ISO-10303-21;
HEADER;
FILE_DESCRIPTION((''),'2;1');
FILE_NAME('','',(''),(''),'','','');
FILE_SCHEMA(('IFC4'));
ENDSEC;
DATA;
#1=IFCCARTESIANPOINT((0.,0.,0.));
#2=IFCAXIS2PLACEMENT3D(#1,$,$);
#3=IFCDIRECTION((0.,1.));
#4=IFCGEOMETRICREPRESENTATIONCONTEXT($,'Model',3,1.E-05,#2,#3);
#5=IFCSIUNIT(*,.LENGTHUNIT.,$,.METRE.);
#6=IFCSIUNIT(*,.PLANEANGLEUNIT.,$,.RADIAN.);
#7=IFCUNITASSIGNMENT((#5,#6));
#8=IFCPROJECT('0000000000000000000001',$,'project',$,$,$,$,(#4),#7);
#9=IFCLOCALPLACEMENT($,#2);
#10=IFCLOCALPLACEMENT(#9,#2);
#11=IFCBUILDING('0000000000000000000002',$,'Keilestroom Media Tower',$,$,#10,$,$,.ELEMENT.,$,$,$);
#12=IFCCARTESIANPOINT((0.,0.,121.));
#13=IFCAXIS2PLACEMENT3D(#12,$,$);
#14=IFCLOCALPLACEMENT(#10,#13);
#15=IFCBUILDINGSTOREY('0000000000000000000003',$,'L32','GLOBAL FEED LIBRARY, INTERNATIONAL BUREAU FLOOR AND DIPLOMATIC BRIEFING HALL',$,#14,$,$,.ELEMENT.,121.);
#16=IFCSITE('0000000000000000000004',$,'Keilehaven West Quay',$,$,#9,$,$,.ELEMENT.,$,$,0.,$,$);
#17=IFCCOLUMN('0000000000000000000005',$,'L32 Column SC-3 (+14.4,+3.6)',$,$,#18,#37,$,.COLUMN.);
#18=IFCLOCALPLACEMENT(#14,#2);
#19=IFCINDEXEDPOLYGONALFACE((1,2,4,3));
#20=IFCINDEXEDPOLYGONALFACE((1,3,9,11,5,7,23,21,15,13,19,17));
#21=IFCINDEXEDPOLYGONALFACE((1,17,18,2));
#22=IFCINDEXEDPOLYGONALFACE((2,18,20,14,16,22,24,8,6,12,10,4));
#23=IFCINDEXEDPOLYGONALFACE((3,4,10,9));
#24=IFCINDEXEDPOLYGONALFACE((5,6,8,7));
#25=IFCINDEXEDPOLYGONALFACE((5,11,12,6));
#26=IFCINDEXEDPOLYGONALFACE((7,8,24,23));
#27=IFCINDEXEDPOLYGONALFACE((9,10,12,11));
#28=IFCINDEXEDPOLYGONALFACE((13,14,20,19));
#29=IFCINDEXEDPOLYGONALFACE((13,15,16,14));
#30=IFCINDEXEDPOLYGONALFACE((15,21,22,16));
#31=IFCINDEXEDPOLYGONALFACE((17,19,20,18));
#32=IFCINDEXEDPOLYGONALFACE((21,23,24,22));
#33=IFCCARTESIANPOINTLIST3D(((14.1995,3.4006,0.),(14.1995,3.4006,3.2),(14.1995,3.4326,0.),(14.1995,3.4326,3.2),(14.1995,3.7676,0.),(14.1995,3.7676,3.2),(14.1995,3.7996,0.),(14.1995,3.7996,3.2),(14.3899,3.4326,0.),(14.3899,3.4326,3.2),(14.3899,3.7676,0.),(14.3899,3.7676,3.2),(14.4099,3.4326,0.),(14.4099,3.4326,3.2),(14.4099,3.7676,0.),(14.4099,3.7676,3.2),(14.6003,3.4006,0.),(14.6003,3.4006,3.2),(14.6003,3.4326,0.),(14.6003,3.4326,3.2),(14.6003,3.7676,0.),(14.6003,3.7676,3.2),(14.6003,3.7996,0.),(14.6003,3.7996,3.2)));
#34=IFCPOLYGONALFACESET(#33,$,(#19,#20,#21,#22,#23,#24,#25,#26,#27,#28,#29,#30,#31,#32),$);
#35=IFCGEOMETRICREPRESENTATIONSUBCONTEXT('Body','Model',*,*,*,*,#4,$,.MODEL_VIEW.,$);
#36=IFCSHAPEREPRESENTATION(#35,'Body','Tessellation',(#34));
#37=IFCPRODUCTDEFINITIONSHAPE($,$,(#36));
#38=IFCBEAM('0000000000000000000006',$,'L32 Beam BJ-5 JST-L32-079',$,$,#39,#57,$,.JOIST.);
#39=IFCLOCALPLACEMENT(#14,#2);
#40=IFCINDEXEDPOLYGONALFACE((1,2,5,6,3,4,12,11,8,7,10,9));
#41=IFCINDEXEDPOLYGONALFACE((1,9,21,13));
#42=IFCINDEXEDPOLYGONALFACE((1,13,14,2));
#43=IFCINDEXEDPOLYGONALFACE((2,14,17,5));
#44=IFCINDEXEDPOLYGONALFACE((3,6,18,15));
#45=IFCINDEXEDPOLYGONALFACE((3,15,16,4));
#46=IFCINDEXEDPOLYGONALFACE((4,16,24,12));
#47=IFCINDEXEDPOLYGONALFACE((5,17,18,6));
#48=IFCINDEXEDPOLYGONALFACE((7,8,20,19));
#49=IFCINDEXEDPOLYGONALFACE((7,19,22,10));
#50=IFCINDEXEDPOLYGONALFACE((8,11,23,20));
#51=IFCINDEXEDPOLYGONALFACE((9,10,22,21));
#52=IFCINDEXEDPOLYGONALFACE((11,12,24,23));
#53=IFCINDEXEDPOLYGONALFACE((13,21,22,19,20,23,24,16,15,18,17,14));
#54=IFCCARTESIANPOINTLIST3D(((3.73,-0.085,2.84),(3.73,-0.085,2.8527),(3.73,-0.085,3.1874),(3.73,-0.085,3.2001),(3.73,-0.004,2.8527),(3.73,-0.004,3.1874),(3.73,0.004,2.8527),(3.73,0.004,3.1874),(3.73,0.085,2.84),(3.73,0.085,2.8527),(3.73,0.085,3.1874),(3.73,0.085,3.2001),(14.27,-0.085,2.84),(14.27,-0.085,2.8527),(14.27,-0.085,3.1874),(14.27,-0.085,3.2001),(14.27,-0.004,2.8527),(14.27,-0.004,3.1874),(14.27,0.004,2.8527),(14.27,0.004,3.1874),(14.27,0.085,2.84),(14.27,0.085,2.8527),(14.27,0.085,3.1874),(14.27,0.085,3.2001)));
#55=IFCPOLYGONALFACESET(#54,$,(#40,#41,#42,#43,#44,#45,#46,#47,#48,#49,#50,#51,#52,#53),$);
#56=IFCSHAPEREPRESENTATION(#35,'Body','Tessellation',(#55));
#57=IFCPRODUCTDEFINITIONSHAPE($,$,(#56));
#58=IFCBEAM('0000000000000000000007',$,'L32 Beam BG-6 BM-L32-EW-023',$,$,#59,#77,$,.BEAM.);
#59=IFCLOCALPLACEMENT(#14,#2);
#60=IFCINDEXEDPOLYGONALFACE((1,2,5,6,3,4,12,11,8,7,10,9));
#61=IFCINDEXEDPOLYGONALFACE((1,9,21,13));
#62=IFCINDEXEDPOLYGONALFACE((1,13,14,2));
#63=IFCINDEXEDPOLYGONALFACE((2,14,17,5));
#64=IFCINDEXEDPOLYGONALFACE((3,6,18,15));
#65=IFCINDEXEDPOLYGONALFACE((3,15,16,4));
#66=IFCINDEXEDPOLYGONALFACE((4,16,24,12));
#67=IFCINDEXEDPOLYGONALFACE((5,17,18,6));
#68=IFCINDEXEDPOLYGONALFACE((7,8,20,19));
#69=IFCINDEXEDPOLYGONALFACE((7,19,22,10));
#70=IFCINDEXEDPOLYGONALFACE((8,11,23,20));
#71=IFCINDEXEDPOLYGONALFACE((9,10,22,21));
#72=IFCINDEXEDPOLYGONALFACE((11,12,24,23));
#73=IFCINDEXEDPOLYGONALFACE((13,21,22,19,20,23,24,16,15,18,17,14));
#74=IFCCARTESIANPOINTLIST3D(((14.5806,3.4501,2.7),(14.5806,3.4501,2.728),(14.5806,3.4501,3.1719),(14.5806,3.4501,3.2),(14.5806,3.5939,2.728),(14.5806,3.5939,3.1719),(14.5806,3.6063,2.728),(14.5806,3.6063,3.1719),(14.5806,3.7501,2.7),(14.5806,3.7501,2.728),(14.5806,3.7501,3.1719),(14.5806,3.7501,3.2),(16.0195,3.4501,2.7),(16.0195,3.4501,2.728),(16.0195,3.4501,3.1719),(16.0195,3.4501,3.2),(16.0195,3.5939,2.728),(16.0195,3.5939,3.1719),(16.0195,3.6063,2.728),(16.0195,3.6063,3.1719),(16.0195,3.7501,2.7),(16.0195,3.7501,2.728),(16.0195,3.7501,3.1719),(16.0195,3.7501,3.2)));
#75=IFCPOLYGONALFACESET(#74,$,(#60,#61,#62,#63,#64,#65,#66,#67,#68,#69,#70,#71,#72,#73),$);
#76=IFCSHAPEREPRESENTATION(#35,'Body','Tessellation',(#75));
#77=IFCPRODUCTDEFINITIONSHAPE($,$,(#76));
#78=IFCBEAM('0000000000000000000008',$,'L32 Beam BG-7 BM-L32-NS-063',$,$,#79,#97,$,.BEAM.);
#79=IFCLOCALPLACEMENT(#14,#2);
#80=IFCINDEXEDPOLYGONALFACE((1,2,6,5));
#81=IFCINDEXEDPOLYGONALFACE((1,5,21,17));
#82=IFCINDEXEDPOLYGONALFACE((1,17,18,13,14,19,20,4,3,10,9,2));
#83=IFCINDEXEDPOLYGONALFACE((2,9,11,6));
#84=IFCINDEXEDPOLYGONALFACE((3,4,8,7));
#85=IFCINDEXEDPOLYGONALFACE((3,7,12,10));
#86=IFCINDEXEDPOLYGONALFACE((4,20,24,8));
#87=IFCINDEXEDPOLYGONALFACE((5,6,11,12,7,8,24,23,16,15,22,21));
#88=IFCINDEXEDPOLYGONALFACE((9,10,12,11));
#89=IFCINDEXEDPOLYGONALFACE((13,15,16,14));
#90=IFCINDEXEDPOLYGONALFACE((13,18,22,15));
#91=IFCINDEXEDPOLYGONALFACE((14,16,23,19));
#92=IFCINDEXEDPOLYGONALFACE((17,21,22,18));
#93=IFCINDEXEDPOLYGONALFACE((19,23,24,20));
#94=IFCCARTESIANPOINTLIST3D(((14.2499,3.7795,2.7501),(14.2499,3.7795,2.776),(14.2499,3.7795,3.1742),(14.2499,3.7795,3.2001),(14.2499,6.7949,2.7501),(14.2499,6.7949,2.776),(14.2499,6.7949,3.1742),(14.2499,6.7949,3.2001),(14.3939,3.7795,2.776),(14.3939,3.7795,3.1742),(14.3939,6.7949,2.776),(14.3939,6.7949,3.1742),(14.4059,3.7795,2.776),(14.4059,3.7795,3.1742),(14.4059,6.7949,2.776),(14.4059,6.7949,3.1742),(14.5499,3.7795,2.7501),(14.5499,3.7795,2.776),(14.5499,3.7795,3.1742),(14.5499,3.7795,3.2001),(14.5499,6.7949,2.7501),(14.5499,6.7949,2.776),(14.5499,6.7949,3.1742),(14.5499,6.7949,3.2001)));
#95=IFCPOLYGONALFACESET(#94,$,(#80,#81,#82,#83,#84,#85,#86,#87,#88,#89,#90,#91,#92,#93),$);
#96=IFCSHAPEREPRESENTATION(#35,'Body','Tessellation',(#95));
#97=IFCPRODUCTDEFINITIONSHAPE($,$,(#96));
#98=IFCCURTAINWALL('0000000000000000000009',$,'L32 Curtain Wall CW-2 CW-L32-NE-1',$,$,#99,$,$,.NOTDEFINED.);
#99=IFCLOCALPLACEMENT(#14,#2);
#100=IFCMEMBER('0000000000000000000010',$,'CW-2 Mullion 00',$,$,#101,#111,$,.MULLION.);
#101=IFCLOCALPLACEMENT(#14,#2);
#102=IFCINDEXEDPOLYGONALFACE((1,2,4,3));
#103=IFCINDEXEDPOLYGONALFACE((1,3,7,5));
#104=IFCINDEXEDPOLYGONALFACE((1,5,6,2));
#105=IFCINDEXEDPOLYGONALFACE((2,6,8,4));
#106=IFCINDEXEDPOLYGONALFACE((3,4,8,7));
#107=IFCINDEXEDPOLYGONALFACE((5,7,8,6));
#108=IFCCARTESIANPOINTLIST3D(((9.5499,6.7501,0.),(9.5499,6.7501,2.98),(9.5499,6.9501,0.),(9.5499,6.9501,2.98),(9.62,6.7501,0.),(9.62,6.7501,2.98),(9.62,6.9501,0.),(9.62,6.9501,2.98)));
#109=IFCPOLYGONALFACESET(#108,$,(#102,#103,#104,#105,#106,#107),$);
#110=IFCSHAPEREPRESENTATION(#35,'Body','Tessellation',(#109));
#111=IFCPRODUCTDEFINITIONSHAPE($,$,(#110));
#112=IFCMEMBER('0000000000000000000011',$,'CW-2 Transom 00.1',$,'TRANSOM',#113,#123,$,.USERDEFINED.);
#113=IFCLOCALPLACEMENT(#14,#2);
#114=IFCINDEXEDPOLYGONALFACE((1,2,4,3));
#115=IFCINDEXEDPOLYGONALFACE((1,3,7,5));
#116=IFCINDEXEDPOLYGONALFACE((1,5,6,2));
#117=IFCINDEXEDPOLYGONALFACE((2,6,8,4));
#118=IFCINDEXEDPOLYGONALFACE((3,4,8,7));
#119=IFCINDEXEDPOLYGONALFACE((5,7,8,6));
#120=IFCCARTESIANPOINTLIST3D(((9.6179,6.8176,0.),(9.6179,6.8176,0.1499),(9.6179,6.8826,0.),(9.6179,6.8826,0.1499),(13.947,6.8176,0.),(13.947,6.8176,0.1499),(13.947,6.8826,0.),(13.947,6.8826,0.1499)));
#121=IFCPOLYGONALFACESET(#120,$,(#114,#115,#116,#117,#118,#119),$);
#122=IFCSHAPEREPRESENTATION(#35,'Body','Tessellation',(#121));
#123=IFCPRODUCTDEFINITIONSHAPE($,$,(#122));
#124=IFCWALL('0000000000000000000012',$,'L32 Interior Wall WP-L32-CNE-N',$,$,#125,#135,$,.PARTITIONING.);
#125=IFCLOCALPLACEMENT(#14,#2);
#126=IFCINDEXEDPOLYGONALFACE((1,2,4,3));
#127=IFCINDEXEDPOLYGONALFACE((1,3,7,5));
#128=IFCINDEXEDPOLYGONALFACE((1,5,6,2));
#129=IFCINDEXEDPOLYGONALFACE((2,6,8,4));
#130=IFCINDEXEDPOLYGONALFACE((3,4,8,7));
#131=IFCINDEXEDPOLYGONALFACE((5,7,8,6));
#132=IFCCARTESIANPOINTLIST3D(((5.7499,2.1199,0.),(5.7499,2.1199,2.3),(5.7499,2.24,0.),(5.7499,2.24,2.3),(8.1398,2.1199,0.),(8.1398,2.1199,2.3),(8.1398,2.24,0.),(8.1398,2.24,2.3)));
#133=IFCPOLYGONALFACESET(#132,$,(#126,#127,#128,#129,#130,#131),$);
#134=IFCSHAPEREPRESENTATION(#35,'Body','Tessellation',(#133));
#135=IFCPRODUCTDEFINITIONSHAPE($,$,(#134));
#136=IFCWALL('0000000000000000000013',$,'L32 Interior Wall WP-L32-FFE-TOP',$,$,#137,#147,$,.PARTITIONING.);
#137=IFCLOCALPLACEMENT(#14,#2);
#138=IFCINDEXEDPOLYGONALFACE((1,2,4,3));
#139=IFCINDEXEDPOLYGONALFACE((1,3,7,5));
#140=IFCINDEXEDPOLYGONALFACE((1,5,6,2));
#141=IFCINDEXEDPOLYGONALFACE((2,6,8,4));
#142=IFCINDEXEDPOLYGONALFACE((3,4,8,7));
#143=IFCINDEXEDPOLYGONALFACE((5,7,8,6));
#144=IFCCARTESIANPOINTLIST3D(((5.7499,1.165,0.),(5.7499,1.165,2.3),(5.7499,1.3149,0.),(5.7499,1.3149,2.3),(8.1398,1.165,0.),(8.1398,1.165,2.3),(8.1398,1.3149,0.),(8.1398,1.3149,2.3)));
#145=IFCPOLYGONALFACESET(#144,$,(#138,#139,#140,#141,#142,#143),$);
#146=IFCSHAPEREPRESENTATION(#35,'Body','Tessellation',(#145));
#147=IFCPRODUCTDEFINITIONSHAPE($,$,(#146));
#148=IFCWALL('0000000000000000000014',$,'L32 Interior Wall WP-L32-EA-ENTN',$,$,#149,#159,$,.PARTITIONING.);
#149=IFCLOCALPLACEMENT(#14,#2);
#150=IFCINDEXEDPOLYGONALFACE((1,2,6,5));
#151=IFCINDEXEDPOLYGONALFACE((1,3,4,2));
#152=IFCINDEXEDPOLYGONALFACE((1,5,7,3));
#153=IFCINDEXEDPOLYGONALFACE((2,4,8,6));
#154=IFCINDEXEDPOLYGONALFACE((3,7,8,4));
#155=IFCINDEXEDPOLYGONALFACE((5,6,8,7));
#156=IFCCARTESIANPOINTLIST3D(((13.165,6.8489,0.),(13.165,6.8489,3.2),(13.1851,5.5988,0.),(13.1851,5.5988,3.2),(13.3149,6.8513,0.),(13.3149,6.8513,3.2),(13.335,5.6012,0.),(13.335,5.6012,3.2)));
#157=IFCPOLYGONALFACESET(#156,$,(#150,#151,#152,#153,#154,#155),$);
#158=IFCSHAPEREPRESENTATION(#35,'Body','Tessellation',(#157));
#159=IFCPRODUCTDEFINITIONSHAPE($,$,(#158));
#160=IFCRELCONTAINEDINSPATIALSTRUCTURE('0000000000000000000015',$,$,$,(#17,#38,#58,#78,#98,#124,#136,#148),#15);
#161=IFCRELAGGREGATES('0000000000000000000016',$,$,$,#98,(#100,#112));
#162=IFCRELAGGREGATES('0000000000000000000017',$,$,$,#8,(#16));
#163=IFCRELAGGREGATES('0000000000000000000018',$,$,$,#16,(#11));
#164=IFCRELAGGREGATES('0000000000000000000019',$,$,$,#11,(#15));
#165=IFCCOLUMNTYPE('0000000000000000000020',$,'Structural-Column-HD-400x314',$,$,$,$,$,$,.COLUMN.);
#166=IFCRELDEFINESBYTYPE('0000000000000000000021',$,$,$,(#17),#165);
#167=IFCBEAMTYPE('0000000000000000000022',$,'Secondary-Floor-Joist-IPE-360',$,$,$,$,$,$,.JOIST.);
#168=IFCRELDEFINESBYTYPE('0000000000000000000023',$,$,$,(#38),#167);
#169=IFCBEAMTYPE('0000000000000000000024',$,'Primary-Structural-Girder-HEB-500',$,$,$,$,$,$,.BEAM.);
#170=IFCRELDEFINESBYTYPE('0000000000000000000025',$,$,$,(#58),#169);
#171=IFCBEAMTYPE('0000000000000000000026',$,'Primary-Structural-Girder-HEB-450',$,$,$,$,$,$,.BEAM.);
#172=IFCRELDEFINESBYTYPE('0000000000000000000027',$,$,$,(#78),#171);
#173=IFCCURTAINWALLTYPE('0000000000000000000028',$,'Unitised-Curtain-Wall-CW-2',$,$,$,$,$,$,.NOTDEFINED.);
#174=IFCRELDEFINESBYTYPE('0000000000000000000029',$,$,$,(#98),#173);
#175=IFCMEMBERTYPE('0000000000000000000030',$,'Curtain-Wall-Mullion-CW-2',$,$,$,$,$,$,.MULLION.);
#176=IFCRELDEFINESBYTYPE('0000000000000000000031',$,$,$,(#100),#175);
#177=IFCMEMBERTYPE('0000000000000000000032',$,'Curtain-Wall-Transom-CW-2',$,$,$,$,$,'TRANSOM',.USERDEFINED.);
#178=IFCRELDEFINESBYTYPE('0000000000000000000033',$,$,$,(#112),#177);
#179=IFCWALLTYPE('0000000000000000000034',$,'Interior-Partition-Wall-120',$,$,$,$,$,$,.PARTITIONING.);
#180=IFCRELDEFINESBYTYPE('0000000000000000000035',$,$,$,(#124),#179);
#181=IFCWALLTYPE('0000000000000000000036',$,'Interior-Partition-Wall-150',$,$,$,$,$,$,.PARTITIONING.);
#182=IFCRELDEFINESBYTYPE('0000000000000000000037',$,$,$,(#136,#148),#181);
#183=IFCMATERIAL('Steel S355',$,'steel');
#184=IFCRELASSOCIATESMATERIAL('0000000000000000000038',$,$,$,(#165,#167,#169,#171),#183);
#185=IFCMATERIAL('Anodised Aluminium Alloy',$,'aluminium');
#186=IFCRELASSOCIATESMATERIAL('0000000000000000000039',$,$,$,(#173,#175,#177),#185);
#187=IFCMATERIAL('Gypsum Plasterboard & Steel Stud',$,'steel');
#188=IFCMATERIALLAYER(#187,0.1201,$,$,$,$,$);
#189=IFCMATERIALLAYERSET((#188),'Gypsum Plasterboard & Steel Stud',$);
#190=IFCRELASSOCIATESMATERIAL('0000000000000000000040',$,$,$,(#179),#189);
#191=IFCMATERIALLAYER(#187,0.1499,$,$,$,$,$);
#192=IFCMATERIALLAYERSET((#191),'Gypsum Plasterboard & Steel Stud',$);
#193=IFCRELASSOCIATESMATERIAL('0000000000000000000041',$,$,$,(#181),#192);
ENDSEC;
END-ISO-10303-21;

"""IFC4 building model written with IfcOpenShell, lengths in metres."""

from ifc_helpers import new_model, si_unit, direction, frame, frame_2d, origin, origin_2d, place, context, subcontext, project, spatial, rectangle, i_section, extrude, source, transform, mapped, material, layer, layer_set, material_profile, profile_set, type_object, element, aggregate, save


model = new_model("IFC4")

# Units and contexts
model_context = context("Model", 3, precision=1e-05, world=origin(), true_north=direction((0.0, 1.0)))
body_context = subcontext(model_context, "Body", "Model", "MODEL_VIEW")
ifc_project = project(units=[si_unit("LENGTHUNIT", "METRE"), si_unit("PLANEANGLEUNIT", "RADIAN")], contexts=[model_context])

# Site, building, storey
site_placement = place(None, origin())
site = spatial("IfcSite", under=ifc_project, at=site_placement, Name="Keilehaven West Quay", CompositionType="ELEMENT", RefElevation=0.0)
building_placement = place(site_placement, origin())
building = spatial("IfcBuilding", under=site, at=building_placement, Name="Keilestroom Media Tower", CompositionType="ELEMENT")
storey_placement = place(building_placement, frame((0.0, 0.0, 121.0)))
storey = spatial("IfcBuildingStorey", under=building, at=storey_placement, Name="L32", Description="GLOBAL FEED LIBRARY, INTERNATIONAL BUREAU FLOOR AND DIPLOMATIC BRIEFING HALL", CompositionType="ELEMENT", Elevation=121.0)

# Column
ifc_material_1 = material(Name="Steel S355", Category="steel")
ifc_material_profile_1 = material_profile(ifc_material_1, i_section(OverallWidth=0.4009, OverallDepth=0.3989, WebThickness=0.02, FlangeThickness=0.032, at=origin_2d()), Name="HD 400x314")
ifc_profile_set_1 = profile_set([ifc_material_profile_1], Name="Steel S355")
column_type = type_object("IfcColumnType", Name="Structural-Column-HD-400x314", PredefinedType="COLUMN", material=ifc_profile_set_1)
shared_shape_1 = source(origin(), body_context, "Body", "SweptSolid", [
    extrude(i_section(OverallWidth=0.4009, OverallDepth=0.3989, WebThickness=0.02, FlangeThickness=0.032, at=origin_2d()), origin(), (0.0, 0.0, 1.0), 3.2),
])
column_placement = place(storey_placement, frame((14.3999, 3.6001, 0.0), z_axis=(0.0, 0.0, 1.0), x_axis=(1.0, 0.0, 0.0)))
element("IfcColumn", 1, at=column_placement, inside=storey, type_object=column_type, Name="L32 Column SC-3 (+14.4,+3.6)", PredefinedType="COLUMN", context=body_context, shape_type="MappedRepresentation", body=[
    mapped(shared_shape_1, transform((0.0, 0.0, 0.0), x_axis=(1.0, 0.0, 0.0), y_axis=(0.0, 1.0, 0.0), z_axis=(0.0, 0.0, 1.0), scale=1.0)),
])

# Beams
ifc_material_profile_2 = material_profile(ifc_material_1, i_section(OverallWidth=0.1699, OverallDepth=0.3601, WebThickness=0.0081, FlangeThickness=0.0127, at=origin_2d()), Name="IPE 360")
ifc_profile_set_2 = profile_set([ifc_material_profile_2], Name="Steel S355")
beam_type_1 = type_object("IfcBeamType", Name="Secondary-Floor-Joist-IPE-360", PredefinedType="JOIST", material=ifc_profile_set_2)
shared_shape_2 = source(origin(), body_context, "Body", "SweptSolid", [
    extrude(i_section(OverallWidth=0.1699, OverallDepth=0.3601, WebThickness=0.0081, FlangeThickness=0.0127, at=origin_2d()), origin(), (0.0, 0.0, 1.0), 10.54),
])
beam_1_placement = place(storey_placement, frame((3.73, 0.0, 3.02), z_axis=(1.0, 0.0, 0.0), x_axis=(0.0, 1.0, 0.0)))
element("IfcBeam", 2, at=beam_1_placement, inside=storey, type_object=beam_type_1, Name="L32 Beam BJ-5 JST-L32-079", PredefinedType="JOIST", context=body_context, shape_type="MappedRepresentation", body=[
    mapped(shared_shape_2, transform((0.0, 0.0, 0.0), x_axis=(1.0, 0.0, 0.0), y_axis=(0.0, 1.0, 0.0), z_axis=(0.0, 0.0, 1.0), scale=1.0)),
])
ifc_material_profile_3 = material_profile(ifc_material_1, i_section(OverallWidth=0.3, OverallDepth=0.5, WebThickness=0.0125, FlangeThickness=0.0281, at=origin_2d()), Name="HEB 500")
ifc_profile_set_3 = profile_set([ifc_material_profile_3], Name="Steel S355")
beam_type_2 = type_object("IfcBeamType", Name="Primary-Structural-Girder-HEB-500", PredefinedType="BEAM", material=ifc_profile_set_3)
shared_shape_3 = source(origin(), body_context, "Body", "SweptSolid", [
    extrude(i_section(OverallWidth=0.3, OverallDepth=0.5, WebThickness=0.0125, FlangeThickness=0.0281, at=origin_2d()), origin(), (0.0, 0.0, 1.0), 1.439),
])
beam_2_placement = place(storey_placement, frame((14.5806, 3.6001, 2.95), z_axis=(1.0, 0.0, 0.0), x_axis=(0.0, 1.0, 0.0)))
element("IfcBeam", 3, at=beam_2_placement, inside=storey, type_object=beam_type_2, Name="L32 Beam BG-6 BM-L32-EW-023", PredefinedType="BEAM", context=body_context, shape_type="MappedRepresentation", body=[
    mapped(shared_shape_3, transform((0.0, 0.0, 0.0), x_axis=(1.0, 0.0, 0.0), y_axis=(0.0, 1.0, 0.0), z_axis=(0.0, 0.0, 1.0), scale=1.0)),
])
ifc_material_profile_4 = material_profile(ifc_material_1, i_section(OverallWidth=0.3, OverallDepth=0.45, WebThickness=0.012, FlangeThickness=0.0259, at=origin_2d()), Name="HEB 450")
ifc_profile_set_4 = profile_set([ifc_material_profile_4], Name="Steel S355")
beam_type_3 = type_object("IfcBeamType", Name="Primary-Structural-Girder-HEB-450", PredefinedType="BEAM", material=ifc_profile_set_4)
shared_shape_4 = source(origin(), body_context, "Body", "SweptSolid", [
    extrude(i_section(OverallWidth=0.3, OverallDepth=0.45, WebThickness=0.012, FlangeThickness=0.0259, at=origin_2d()), origin(), (0.0, 0.0, 1.0), 3.0154),
])
beam_3_placement = place(storey_placement, frame((14.3999, 3.7795, 2.9751), z_axis=(0.0, 1.0, 0.0), x_axis=(-1.0, 0.0, 0.0)))
element("IfcBeam", 4, at=beam_3_placement, inside=storey, type_object=beam_type_3, Name="L32 Beam BG-7 BM-L32-NS-063", PredefinedType="BEAM", context=body_context, shape_type="MappedRepresentation", body=[
    mapped(shared_shape_4, transform((0.0, 0.0, 0.0), x_axis=(1.0, 0.0, 0.0), y_axis=(0.0, 1.0, 0.0), z_axis=(0.0, 0.0, 1.0), scale=1.0)),
])

# Curtain wall, members
ifc_material_2 = material(Name="Anodised Aluminium Alloy", Category="aluminium")
curtain_wall_type = type_object("IfcCurtainWallType", Name="Unitised-Curtain-Wall-CW-2", PredefinedType="NOTDEFINED", material=ifc_material_2)
curtain_wall_placement = place(storey_placement, origin())
curtain_wall = element("IfcCurtainWall", 5, at=curtain_wall_placement, inside=storey, type_object=curtain_wall_type, Name="L32 Curtain Wall CW-2 CW-L32-NE-1", PredefinedType="NOTDEFINED")
ifc_material_profile_5 = material_profile(ifc_material_2, rectangle(XDim=0.0701, YDim=0.2, at=origin_2d()), Name="ALU MULLION 70x200")
ifc_profile_set_5 = profile_set([ifc_material_profile_5], Name="Anodised Aluminium Alloy")
member_type_1 = type_object("IfcMemberType", Name="Curtain-Wall-Mullion-CW-2", PredefinedType="MULLION", material=ifc_profile_set_5)
shared_shape_5 = source(origin(), body_context, "Body", "SweptSolid", [
    extrude(rectangle(XDim=0.0701, YDim=0.2, at=origin_2d()), origin(), (0.0, 0.0, 1.0), 2.98),
])
member_1_placement = place(storey_placement, frame((9.585, 6.8501, 0.0), z_axis=(0.0, 0.0, 1.0), x_axis=(1.0, 0.0, 0.0)))
member_1 = element("IfcMember", 6, at=member_1_placement, type_object=member_type_1, Name="CW-2 Mullion 00", PredefinedType="MULLION", context=body_context, shape_type="MappedRepresentation", body=[
    mapped(shared_shape_5, transform((0.0, 0.0, 0.0), x_axis=(1.0, 0.0, 0.0), y_axis=(0.0, 1.0, 0.0), z_axis=(0.0, 0.0, 1.0), scale=1.0)),
])
ifc_material_profile_6 = material_profile(ifc_material_2, rectangle(XDim=0.0649, YDim=0.1499, at=origin_2d()), Name="ALU TRANSOM 65x150")
ifc_profile_set_6 = profile_set([ifc_material_profile_6], Name="Anodised Aluminium Alloy")
member_type_2 = type_object("IfcMemberType", Name="Curtain-Wall-Transom-CW-2", ElementType="TRANSOM", PredefinedType="USERDEFINED", material=ifc_profile_set_6)
shared_shape_6 = source(origin(), body_context, "Body", "SweptSolid", [
    extrude(rectangle(XDim=0.0649, YDim=0.1499, at=origin_2d()), origin(), (0.0, 0.0, 1.0), 4.3291),
])
member_2_placement = place(storey_placement, frame((9.6179, 6.8501, 0.075), z_axis=(1.0, 0.0, 0.0), x_axis=(0.0, 1.0, 0.0)))
member_2 = element("IfcMember", 7, at=member_2_placement, type_object=member_type_2, Name="CW-2 Transom 00.1", ObjectType="TRANSOM", PredefinedType="USERDEFINED", context=body_context, shape_type="MappedRepresentation", body=[
    mapped(shared_shape_6, transform((0.0, 0.0, 0.0), x_axis=(1.0, 0.0, 0.0), y_axis=(0.0, 1.0, 0.0), z_axis=(0.0, 0.0, 1.0), scale=1.0)),
])
aggregate(curtain_wall, [member_1, member_2])

# Walls
ifc_material_3 = material(Name="Gypsum Plasterboard & Steel Stud", Category="steel")
ifc_layer_1 = layer(ifc_material_3, 0.1201)
ifc_layer_set_1 = layer_set([ifc_layer_1], Name="Gypsum Plasterboard & Steel Stud")
wall_type_1 = type_object("IfcWallType", Name="Interior-Partition-Wall-120", PredefinedType="PARTITIONING", material=ifc_layer_set_1)
wall_1_placement = place(storey_placement, frame((5.75, 2.1799, 0.0), z_axis=(0.0, 0.0, 1.0), x_axis=(1.0, 0.0, 0.0)))
element("IfcWall", 8, at=wall_1_placement, inside=storey, type_object=wall_type_1, Name="L32 Interior Wall WP-L32-CNE-N", PredefinedType="PARTITIONING", context=body_context, shape_type="SweptSolid", body=[
    extrude(rectangle(XDim=2.3899, YDim=0.1201, at=frame_2d((1.1948, 0.0))), origin(), (0.0, 0.0, 1.0), 2.3),
])
ifc_layer_2 = layer(ifc_material_3, 0.1499)
ifc_layer_set_2 = layer_set([ifc_layer_2], Name="Gypsum Plasterboard & Steel Stud")
wall_type_2 = type_object("IfcWallType", Name="Interior-Partition-Wall-150", PredefinedType="PARTITIONING", material=ifc_layer_set_2)
wall_2_placement = place(storey_placement, frame((5.75, 1.24, 0.0), z_axis=(0.0, 0.0, 1.0), x_axis=(1.0, 0.0, 0.0)))
element("IfcWall", 9, at=wall_2_placement, inside=storey, type_object=wall_type_2, Name="L32 Interior Wall WP-L32-FFE-TOP", PredefinedType="PARTITIONING", context=body_context, shape_type="SweptSolid", body=[
    extrude(rectangle(XDim=2.3899, YDim=0.1499, at=frame_2d((1.1948, 0.0))), origin(), (0.0, 0.0, 1.0), 2.3),
])
wall_3_placement = place(storey_placement, frame((13.26, 5.6001, 0.0), z_axis=(0.0, 0.0, 1.0), x_axis=(-0.016014, 0.999872, 0.0)))
element("IfcWall", 10, at=wall_3_placement, inside=storey, type_object=wall_type_2, Name="L32 Interior Wall WP-L32-EA-ENTN", PredefinedType="PARTITIONING", context=body_context, shape_type="SweptSolid", body=[
    extrude(rectangle(XDim=1.2502, YDim=0.1499, at=frame_2d((0.625, 0.0))), origin(), (0.0, 0.0, 1.0), 3.2),
])

save(model, "model.ifc")
